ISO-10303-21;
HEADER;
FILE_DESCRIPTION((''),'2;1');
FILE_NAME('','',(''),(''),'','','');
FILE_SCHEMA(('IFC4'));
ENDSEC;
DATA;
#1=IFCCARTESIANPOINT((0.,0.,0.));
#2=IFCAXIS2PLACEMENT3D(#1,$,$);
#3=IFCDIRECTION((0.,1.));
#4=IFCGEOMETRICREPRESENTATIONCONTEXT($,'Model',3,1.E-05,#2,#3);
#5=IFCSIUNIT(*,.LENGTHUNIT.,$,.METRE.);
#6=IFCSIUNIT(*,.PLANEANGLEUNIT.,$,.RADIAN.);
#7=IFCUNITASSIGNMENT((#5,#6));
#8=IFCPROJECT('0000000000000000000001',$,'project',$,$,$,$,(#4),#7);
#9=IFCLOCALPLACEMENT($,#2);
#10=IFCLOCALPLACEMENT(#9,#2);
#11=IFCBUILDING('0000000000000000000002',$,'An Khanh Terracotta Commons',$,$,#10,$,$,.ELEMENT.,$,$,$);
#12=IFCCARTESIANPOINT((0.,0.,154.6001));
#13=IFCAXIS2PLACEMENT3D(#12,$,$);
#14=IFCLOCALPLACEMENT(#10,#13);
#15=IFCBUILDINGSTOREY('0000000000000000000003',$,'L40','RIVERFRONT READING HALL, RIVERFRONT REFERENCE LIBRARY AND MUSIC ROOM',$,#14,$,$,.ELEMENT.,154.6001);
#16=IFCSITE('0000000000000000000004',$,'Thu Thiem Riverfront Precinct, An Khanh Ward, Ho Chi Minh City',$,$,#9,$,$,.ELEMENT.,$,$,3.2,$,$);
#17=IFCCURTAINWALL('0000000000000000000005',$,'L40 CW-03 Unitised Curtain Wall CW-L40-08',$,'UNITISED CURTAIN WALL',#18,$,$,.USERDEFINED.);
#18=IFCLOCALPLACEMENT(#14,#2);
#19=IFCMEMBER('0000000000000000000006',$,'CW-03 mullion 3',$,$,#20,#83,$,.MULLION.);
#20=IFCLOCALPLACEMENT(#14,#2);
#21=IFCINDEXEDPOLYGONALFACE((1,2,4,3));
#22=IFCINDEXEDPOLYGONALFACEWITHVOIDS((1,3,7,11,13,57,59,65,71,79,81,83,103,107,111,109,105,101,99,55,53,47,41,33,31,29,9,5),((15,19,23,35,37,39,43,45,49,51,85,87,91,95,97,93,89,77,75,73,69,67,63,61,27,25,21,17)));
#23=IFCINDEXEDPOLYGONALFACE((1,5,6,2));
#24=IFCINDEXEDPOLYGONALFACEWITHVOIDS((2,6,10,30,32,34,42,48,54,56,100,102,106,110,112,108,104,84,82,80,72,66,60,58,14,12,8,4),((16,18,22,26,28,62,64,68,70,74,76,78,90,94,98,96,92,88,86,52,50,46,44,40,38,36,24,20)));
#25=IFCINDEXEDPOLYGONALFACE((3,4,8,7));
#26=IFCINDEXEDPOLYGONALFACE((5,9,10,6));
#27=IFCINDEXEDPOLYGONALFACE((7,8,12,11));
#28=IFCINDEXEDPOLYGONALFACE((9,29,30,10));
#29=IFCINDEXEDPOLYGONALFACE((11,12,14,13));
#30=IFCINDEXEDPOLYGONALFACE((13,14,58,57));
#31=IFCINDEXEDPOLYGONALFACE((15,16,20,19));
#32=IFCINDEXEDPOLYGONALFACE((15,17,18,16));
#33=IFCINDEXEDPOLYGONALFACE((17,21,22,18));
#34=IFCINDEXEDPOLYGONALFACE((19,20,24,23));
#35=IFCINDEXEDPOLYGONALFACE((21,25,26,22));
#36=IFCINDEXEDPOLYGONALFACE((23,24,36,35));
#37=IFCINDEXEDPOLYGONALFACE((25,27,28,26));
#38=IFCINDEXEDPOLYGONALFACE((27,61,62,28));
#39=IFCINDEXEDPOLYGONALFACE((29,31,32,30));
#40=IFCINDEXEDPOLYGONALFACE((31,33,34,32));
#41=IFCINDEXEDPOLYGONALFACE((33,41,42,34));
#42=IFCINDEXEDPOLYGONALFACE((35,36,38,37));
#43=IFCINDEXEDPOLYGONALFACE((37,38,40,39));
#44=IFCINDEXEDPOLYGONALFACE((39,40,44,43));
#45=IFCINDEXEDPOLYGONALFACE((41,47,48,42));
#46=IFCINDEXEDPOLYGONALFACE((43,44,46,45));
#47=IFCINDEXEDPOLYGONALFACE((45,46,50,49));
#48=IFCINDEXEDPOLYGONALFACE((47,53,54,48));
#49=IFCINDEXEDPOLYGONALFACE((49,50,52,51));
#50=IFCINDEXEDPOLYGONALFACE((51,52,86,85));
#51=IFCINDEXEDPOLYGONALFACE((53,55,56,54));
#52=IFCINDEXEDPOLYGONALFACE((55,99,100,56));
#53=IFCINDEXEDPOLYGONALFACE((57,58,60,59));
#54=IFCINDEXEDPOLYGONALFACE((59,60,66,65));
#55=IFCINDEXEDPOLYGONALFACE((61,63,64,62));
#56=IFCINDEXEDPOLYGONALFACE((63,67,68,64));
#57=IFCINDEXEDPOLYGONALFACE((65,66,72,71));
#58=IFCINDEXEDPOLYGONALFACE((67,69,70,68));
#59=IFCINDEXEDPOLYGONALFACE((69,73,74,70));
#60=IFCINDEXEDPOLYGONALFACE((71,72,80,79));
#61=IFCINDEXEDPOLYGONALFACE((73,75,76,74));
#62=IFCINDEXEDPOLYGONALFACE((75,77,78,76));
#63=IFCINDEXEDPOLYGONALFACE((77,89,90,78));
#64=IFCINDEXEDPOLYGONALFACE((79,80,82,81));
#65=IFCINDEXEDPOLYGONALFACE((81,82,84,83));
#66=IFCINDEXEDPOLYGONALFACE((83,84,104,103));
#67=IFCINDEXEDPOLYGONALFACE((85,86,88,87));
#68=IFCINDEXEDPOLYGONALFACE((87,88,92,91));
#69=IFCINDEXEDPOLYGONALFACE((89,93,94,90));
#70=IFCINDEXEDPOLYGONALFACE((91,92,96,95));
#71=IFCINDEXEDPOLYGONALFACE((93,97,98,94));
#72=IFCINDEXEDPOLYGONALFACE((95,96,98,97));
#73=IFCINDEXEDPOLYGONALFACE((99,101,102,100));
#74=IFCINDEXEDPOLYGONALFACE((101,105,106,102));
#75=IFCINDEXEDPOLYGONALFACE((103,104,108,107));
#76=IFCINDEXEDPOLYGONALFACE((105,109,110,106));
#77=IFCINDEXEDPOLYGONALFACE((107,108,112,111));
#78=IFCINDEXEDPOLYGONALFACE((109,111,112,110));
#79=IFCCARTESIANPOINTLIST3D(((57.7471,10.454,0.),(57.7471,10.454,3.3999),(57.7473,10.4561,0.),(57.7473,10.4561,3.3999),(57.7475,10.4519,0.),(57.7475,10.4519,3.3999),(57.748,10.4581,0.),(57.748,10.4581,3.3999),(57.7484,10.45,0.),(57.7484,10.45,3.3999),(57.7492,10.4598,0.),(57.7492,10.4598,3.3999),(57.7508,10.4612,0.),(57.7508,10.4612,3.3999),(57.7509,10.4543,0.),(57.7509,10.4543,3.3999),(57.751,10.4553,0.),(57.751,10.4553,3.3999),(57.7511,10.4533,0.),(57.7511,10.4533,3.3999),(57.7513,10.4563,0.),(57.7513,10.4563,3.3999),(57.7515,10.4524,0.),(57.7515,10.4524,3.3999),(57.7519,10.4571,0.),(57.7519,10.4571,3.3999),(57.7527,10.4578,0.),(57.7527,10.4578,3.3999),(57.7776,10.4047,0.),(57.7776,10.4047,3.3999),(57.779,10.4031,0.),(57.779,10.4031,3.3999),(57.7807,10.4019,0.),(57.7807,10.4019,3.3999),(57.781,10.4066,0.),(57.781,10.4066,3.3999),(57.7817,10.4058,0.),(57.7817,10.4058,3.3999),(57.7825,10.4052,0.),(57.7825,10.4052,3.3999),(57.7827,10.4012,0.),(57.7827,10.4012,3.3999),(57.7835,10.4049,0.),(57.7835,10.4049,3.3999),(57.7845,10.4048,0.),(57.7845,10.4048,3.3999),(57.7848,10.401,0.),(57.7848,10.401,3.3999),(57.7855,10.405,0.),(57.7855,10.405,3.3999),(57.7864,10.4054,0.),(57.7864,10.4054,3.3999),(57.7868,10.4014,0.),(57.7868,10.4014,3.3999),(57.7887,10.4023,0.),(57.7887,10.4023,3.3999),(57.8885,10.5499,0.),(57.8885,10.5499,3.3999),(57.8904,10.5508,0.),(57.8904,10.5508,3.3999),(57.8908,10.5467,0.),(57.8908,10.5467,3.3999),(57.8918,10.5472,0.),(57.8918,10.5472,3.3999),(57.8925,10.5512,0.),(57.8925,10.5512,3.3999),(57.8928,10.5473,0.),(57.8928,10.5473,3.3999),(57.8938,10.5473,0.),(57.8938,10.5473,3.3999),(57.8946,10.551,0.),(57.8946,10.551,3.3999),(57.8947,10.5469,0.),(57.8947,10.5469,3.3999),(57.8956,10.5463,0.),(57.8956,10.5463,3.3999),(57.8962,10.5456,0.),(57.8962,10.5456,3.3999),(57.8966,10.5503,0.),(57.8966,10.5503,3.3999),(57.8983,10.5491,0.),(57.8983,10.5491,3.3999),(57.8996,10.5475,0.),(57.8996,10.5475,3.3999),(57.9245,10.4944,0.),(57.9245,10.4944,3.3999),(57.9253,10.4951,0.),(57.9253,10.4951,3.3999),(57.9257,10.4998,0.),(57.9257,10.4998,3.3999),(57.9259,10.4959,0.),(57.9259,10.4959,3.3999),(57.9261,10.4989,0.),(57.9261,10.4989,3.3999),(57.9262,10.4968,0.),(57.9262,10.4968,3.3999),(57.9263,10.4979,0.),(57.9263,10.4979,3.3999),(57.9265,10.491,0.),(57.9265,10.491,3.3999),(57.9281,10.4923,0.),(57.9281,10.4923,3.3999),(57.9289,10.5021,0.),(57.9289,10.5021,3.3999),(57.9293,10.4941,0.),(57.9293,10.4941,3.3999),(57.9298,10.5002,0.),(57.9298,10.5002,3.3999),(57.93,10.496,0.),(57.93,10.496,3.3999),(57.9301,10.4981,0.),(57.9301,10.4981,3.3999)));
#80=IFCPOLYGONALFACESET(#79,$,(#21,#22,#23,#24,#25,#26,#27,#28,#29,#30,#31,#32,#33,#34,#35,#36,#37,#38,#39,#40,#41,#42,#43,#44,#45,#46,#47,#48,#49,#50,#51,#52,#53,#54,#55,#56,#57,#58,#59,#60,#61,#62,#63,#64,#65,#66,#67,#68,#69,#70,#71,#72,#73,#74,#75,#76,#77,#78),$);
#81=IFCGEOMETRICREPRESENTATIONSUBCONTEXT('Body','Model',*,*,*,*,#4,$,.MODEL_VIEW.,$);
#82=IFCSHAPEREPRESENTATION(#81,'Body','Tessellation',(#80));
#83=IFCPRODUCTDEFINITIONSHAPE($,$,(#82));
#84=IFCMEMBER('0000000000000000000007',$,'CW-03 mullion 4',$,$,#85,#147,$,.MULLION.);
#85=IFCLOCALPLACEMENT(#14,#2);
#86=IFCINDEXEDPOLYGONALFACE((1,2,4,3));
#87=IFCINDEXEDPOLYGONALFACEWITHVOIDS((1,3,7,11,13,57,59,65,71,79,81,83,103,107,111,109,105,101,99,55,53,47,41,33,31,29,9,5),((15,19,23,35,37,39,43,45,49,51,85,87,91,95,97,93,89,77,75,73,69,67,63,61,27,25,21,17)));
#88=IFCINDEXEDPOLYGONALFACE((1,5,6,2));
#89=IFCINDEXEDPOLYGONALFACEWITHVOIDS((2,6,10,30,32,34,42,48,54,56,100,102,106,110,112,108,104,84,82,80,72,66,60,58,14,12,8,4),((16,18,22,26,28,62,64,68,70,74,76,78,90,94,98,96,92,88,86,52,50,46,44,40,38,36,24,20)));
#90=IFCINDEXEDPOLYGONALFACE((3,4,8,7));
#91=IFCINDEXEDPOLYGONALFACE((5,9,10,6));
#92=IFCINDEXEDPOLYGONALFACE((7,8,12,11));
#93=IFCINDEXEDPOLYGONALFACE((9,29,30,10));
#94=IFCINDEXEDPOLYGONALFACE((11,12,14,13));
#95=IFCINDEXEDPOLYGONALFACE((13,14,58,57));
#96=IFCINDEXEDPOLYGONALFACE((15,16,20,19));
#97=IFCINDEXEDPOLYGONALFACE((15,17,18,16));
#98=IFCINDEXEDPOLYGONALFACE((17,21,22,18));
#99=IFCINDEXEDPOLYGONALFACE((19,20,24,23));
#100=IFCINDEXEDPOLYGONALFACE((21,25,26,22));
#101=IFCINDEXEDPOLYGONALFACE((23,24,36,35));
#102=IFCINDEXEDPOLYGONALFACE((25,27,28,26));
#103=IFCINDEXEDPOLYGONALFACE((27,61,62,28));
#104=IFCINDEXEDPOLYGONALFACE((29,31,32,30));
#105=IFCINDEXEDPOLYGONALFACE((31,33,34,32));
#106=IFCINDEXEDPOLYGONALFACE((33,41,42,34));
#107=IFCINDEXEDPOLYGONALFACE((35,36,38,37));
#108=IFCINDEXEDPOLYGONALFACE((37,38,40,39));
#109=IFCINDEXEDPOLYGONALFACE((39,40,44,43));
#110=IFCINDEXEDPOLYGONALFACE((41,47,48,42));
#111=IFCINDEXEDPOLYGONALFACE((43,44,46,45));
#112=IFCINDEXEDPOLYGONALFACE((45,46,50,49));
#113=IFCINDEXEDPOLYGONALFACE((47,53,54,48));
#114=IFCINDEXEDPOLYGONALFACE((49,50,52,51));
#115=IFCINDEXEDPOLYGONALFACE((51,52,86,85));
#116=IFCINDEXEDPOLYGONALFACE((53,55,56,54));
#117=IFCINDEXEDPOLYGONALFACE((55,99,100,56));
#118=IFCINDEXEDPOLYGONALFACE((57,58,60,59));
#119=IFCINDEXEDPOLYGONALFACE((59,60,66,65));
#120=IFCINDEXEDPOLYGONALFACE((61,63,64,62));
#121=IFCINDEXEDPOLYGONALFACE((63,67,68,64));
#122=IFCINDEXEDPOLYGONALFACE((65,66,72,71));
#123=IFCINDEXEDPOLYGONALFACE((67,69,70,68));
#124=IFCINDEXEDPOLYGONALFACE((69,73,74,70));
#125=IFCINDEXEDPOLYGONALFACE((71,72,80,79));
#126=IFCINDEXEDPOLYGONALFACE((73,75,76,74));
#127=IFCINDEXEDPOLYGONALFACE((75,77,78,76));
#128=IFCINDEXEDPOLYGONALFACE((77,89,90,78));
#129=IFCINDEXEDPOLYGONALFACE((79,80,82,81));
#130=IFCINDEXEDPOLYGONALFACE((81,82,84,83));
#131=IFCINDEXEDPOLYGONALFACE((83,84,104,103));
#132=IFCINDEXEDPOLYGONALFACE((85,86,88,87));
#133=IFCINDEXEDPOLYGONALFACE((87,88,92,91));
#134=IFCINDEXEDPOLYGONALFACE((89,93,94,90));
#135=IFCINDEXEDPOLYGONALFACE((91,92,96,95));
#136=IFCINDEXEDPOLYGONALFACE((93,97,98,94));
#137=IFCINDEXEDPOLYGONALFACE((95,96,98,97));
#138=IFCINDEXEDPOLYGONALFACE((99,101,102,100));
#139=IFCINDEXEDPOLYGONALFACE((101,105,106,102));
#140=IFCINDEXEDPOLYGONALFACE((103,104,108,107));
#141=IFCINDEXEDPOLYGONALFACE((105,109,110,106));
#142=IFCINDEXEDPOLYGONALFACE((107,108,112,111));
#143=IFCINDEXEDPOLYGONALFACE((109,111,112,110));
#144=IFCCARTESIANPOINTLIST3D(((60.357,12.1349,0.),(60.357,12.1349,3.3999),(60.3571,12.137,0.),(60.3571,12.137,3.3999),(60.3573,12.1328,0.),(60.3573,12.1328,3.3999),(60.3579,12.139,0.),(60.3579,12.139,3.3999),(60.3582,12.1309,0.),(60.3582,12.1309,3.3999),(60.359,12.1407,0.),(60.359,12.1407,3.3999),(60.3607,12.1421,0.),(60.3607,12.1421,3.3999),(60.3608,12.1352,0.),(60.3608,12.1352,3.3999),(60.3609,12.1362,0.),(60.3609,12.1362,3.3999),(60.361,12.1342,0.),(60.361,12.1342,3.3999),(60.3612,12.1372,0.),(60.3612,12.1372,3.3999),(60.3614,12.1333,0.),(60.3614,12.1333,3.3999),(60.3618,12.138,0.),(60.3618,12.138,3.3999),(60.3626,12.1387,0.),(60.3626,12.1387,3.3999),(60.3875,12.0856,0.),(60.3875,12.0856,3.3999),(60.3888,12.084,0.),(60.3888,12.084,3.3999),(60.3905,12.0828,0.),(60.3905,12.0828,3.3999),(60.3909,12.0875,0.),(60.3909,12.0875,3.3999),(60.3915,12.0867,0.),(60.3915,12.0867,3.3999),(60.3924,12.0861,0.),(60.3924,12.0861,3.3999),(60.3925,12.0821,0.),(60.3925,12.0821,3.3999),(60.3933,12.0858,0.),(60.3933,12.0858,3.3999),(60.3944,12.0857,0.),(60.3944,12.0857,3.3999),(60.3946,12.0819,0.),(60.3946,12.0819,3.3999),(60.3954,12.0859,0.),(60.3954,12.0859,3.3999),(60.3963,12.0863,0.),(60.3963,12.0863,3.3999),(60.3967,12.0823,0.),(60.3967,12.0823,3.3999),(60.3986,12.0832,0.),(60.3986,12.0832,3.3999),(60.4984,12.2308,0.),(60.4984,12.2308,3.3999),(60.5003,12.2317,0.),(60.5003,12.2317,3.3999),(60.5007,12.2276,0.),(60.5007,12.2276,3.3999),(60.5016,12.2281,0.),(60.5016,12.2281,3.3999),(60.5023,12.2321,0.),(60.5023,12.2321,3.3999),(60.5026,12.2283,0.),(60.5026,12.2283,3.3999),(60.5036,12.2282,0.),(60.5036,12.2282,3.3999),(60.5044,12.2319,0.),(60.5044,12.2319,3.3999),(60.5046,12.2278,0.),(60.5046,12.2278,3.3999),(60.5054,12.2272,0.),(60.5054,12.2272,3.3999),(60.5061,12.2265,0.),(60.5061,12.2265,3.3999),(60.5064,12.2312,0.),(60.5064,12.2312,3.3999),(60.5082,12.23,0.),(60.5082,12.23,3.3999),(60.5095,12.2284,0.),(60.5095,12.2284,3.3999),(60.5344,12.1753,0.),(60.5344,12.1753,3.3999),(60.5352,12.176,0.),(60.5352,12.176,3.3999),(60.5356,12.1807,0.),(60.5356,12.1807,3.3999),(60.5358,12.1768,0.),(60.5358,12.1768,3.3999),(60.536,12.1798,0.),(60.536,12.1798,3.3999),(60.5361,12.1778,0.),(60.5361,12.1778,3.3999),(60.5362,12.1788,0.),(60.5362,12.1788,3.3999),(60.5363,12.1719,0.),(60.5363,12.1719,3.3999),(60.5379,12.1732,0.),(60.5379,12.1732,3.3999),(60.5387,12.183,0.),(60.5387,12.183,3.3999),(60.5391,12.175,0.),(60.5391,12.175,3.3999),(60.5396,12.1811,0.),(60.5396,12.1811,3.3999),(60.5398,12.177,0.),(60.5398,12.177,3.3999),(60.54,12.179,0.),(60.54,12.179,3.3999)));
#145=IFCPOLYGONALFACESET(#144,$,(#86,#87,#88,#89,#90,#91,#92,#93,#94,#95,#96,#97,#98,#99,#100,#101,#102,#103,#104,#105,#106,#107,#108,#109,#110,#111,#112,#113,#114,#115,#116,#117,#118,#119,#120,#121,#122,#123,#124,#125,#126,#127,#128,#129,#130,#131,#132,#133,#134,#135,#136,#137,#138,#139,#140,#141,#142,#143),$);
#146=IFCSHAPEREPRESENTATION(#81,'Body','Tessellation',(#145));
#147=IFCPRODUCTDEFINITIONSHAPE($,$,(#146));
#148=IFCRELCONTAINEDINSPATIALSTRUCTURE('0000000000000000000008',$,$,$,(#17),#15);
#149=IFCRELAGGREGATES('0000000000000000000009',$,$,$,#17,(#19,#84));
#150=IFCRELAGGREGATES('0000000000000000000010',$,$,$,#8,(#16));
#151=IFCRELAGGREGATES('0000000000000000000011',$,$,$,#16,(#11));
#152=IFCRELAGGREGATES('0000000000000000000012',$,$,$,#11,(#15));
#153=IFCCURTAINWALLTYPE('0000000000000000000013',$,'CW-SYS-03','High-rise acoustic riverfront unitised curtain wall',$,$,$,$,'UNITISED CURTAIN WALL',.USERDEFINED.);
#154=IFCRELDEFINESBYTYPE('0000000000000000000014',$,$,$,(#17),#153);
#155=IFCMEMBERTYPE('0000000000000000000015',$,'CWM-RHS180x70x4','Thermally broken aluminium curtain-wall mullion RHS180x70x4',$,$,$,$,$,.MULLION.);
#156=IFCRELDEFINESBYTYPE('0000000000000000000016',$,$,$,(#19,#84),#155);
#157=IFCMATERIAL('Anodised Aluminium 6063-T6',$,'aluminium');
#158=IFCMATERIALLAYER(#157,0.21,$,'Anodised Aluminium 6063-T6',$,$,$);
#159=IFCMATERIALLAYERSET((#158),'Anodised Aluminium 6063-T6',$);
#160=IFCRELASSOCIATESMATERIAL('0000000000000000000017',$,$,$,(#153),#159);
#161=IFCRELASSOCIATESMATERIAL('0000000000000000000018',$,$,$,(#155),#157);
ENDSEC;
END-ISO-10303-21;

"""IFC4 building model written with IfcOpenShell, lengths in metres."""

from ifc_helpers import new_model, si_unit, direction, frame, origin, origin_2d, place, context, subcontext, project, spatial, hollow_rectangle, extrude, material, layer, layer_set, material_profile, profile_set, type_object, element, aggregate, save


model = new_model("IFC4")

# Units and contexts
model_context = context("Model", 3, precision=1e-05, world=origin(), true_north=direction((0.0, 1.0)))
body_context = subcontext(model_context, "Body", "Model", "MODEL_VIEW")
ifc_project = project(units=[si_unit("LENGTHUNIT", "METRE"), si_unit("PLANEANGLEUNIT", "RADIAN")], contexts=[model_context])

# Site, building, storey
site_placement = place(None, origin())
site = spatial("IfcSite", under=ifc_project, at=site_placement, Name="Thu Thiem Riverfront Precinct, An Khanh Ward, Ho Chi Minh City", CompositionType="ELEMENT", RefElevation=3.2)
building_placement = place(site_placement, origin())
building = spatial("IfcBuilding", under=site, at=building_placement, Name="An Khanh Terracotta Commons", CompositionType="ELEMENT")
storey_placement = place(building_placement, frame((0.0, 0.0, 154.6001)))
storey = spatial("IfcBuildingStorey", under=building, at=storey_placement, Name="L40", Description="RIVERFRONT READING HALL, RIVERFRONT REFERENCE LIBRARY AND MUSIC ROOM", CompositionType="ELEMENT", Elevation=154.6001)

# Curtain wall, members
ifc_material_1 = material(Name="Anodised Aluminium 6063-T6", Category="aluminium")
ifc_layer_1 = layer(ifc_material_1, 0.21, Name="Anodised Aluminium 6063-T6")
ifc_layer_set_1 = layer_set([ifc_layer_1], Name="Anodised Aluminium 6063-T6")
curtain_wall_type = type_object("IfcCurtainWallType", Name="CW-SYS-03", Description="High-rise acoustic riverfront unitised curtain wall", ElementType="UNITISED CURTAIN WALL", PredefinedType="USERDEFINED", material=ifc_layer_set_1)
curtain_wall_1_placement = place(storey_placement, origin())
curtain_wall_1 = element("IfcCurtainWall", 1, at=curtain_wall_1_placement, inside=storey, type_object=curtain_wall_type, Name="L40 CW-03 Unitised Curtain Wall CW-L40-08", ObjectType="UNITISED CURTAIN WALL", PredefinedType="USERDEFINED")
ifc_material_profile_1 = material_profile(ifc_material_1, hollow_rectangle(XDim=0.0701, YDim=0.1799, WallThickness=0.0039, InnerFilletRadius=0.0039, OuterFilletRadius=0.0081, at=origin_2d()), Name="RHS180x70x4")
ifc_profile_set_1 = profile_set([ifc_material_profile_1], Name="Anodised Aluminium 6063-T6")
member_type_1 = type_object("IfcMemberType", Name="CWM-RHS180x70x4", Description="Thermally broken aluminium curtain-wall mullion RHS180x70x4", PredefinedType="MULLION", material=ifc_profile_set_1)
member_1_placement = place(storey_placement, frame((57.8386, 10.4761, 0.0), z_axis=(0.0, 0.0, 1.0), x_axis=(-0.541498, 0.840702, 0.0)))
member_1 = element("IfcMember", 2, at=member_1_placement, type_object=member_type_1, Name="CW-03 mullion 3", PredefinedType="MULLION", context=body_context, shape_type="SweptSolid", body=[
    extrude(hollow_rectangle(XDim=0.0701, YDim=0.1799, WallThickness=0.0039, InnerFilletRadius=0.0039, OuterFilletRadius=0.0081, at=origin_2d()), origin(), (0.0, 0.0, 1.0), 3.3999),
])
member_2_placement = place(storey_placement, frame((60.4485, 12.157, 0.0), z_axis=(0.0, 0.0, 1.0), x_axis=(-0.541498, 0.840702, 0.0)))
member_2 = element("IfcMember", 3, at=member_2_placement, type_object=member_type_1, Name="CW-03 mullion 4", PredefinedType="MULLION", context=body_context, shape_type="SweptSolid", body=[
    extrude(hollow_rectangle(XDim=0.0701, YDim=0.1799, WallThickness=0.0039, InnerFilletRadius=0.0039, OuterFilletRadius=0.0081, at=origin_2d()), origin(), (0.0, 0.0, 1.0), 3.3999),
])

aggregate(curtain_wall_1, [member_1, member_2])

save(model, "model.ifc")
